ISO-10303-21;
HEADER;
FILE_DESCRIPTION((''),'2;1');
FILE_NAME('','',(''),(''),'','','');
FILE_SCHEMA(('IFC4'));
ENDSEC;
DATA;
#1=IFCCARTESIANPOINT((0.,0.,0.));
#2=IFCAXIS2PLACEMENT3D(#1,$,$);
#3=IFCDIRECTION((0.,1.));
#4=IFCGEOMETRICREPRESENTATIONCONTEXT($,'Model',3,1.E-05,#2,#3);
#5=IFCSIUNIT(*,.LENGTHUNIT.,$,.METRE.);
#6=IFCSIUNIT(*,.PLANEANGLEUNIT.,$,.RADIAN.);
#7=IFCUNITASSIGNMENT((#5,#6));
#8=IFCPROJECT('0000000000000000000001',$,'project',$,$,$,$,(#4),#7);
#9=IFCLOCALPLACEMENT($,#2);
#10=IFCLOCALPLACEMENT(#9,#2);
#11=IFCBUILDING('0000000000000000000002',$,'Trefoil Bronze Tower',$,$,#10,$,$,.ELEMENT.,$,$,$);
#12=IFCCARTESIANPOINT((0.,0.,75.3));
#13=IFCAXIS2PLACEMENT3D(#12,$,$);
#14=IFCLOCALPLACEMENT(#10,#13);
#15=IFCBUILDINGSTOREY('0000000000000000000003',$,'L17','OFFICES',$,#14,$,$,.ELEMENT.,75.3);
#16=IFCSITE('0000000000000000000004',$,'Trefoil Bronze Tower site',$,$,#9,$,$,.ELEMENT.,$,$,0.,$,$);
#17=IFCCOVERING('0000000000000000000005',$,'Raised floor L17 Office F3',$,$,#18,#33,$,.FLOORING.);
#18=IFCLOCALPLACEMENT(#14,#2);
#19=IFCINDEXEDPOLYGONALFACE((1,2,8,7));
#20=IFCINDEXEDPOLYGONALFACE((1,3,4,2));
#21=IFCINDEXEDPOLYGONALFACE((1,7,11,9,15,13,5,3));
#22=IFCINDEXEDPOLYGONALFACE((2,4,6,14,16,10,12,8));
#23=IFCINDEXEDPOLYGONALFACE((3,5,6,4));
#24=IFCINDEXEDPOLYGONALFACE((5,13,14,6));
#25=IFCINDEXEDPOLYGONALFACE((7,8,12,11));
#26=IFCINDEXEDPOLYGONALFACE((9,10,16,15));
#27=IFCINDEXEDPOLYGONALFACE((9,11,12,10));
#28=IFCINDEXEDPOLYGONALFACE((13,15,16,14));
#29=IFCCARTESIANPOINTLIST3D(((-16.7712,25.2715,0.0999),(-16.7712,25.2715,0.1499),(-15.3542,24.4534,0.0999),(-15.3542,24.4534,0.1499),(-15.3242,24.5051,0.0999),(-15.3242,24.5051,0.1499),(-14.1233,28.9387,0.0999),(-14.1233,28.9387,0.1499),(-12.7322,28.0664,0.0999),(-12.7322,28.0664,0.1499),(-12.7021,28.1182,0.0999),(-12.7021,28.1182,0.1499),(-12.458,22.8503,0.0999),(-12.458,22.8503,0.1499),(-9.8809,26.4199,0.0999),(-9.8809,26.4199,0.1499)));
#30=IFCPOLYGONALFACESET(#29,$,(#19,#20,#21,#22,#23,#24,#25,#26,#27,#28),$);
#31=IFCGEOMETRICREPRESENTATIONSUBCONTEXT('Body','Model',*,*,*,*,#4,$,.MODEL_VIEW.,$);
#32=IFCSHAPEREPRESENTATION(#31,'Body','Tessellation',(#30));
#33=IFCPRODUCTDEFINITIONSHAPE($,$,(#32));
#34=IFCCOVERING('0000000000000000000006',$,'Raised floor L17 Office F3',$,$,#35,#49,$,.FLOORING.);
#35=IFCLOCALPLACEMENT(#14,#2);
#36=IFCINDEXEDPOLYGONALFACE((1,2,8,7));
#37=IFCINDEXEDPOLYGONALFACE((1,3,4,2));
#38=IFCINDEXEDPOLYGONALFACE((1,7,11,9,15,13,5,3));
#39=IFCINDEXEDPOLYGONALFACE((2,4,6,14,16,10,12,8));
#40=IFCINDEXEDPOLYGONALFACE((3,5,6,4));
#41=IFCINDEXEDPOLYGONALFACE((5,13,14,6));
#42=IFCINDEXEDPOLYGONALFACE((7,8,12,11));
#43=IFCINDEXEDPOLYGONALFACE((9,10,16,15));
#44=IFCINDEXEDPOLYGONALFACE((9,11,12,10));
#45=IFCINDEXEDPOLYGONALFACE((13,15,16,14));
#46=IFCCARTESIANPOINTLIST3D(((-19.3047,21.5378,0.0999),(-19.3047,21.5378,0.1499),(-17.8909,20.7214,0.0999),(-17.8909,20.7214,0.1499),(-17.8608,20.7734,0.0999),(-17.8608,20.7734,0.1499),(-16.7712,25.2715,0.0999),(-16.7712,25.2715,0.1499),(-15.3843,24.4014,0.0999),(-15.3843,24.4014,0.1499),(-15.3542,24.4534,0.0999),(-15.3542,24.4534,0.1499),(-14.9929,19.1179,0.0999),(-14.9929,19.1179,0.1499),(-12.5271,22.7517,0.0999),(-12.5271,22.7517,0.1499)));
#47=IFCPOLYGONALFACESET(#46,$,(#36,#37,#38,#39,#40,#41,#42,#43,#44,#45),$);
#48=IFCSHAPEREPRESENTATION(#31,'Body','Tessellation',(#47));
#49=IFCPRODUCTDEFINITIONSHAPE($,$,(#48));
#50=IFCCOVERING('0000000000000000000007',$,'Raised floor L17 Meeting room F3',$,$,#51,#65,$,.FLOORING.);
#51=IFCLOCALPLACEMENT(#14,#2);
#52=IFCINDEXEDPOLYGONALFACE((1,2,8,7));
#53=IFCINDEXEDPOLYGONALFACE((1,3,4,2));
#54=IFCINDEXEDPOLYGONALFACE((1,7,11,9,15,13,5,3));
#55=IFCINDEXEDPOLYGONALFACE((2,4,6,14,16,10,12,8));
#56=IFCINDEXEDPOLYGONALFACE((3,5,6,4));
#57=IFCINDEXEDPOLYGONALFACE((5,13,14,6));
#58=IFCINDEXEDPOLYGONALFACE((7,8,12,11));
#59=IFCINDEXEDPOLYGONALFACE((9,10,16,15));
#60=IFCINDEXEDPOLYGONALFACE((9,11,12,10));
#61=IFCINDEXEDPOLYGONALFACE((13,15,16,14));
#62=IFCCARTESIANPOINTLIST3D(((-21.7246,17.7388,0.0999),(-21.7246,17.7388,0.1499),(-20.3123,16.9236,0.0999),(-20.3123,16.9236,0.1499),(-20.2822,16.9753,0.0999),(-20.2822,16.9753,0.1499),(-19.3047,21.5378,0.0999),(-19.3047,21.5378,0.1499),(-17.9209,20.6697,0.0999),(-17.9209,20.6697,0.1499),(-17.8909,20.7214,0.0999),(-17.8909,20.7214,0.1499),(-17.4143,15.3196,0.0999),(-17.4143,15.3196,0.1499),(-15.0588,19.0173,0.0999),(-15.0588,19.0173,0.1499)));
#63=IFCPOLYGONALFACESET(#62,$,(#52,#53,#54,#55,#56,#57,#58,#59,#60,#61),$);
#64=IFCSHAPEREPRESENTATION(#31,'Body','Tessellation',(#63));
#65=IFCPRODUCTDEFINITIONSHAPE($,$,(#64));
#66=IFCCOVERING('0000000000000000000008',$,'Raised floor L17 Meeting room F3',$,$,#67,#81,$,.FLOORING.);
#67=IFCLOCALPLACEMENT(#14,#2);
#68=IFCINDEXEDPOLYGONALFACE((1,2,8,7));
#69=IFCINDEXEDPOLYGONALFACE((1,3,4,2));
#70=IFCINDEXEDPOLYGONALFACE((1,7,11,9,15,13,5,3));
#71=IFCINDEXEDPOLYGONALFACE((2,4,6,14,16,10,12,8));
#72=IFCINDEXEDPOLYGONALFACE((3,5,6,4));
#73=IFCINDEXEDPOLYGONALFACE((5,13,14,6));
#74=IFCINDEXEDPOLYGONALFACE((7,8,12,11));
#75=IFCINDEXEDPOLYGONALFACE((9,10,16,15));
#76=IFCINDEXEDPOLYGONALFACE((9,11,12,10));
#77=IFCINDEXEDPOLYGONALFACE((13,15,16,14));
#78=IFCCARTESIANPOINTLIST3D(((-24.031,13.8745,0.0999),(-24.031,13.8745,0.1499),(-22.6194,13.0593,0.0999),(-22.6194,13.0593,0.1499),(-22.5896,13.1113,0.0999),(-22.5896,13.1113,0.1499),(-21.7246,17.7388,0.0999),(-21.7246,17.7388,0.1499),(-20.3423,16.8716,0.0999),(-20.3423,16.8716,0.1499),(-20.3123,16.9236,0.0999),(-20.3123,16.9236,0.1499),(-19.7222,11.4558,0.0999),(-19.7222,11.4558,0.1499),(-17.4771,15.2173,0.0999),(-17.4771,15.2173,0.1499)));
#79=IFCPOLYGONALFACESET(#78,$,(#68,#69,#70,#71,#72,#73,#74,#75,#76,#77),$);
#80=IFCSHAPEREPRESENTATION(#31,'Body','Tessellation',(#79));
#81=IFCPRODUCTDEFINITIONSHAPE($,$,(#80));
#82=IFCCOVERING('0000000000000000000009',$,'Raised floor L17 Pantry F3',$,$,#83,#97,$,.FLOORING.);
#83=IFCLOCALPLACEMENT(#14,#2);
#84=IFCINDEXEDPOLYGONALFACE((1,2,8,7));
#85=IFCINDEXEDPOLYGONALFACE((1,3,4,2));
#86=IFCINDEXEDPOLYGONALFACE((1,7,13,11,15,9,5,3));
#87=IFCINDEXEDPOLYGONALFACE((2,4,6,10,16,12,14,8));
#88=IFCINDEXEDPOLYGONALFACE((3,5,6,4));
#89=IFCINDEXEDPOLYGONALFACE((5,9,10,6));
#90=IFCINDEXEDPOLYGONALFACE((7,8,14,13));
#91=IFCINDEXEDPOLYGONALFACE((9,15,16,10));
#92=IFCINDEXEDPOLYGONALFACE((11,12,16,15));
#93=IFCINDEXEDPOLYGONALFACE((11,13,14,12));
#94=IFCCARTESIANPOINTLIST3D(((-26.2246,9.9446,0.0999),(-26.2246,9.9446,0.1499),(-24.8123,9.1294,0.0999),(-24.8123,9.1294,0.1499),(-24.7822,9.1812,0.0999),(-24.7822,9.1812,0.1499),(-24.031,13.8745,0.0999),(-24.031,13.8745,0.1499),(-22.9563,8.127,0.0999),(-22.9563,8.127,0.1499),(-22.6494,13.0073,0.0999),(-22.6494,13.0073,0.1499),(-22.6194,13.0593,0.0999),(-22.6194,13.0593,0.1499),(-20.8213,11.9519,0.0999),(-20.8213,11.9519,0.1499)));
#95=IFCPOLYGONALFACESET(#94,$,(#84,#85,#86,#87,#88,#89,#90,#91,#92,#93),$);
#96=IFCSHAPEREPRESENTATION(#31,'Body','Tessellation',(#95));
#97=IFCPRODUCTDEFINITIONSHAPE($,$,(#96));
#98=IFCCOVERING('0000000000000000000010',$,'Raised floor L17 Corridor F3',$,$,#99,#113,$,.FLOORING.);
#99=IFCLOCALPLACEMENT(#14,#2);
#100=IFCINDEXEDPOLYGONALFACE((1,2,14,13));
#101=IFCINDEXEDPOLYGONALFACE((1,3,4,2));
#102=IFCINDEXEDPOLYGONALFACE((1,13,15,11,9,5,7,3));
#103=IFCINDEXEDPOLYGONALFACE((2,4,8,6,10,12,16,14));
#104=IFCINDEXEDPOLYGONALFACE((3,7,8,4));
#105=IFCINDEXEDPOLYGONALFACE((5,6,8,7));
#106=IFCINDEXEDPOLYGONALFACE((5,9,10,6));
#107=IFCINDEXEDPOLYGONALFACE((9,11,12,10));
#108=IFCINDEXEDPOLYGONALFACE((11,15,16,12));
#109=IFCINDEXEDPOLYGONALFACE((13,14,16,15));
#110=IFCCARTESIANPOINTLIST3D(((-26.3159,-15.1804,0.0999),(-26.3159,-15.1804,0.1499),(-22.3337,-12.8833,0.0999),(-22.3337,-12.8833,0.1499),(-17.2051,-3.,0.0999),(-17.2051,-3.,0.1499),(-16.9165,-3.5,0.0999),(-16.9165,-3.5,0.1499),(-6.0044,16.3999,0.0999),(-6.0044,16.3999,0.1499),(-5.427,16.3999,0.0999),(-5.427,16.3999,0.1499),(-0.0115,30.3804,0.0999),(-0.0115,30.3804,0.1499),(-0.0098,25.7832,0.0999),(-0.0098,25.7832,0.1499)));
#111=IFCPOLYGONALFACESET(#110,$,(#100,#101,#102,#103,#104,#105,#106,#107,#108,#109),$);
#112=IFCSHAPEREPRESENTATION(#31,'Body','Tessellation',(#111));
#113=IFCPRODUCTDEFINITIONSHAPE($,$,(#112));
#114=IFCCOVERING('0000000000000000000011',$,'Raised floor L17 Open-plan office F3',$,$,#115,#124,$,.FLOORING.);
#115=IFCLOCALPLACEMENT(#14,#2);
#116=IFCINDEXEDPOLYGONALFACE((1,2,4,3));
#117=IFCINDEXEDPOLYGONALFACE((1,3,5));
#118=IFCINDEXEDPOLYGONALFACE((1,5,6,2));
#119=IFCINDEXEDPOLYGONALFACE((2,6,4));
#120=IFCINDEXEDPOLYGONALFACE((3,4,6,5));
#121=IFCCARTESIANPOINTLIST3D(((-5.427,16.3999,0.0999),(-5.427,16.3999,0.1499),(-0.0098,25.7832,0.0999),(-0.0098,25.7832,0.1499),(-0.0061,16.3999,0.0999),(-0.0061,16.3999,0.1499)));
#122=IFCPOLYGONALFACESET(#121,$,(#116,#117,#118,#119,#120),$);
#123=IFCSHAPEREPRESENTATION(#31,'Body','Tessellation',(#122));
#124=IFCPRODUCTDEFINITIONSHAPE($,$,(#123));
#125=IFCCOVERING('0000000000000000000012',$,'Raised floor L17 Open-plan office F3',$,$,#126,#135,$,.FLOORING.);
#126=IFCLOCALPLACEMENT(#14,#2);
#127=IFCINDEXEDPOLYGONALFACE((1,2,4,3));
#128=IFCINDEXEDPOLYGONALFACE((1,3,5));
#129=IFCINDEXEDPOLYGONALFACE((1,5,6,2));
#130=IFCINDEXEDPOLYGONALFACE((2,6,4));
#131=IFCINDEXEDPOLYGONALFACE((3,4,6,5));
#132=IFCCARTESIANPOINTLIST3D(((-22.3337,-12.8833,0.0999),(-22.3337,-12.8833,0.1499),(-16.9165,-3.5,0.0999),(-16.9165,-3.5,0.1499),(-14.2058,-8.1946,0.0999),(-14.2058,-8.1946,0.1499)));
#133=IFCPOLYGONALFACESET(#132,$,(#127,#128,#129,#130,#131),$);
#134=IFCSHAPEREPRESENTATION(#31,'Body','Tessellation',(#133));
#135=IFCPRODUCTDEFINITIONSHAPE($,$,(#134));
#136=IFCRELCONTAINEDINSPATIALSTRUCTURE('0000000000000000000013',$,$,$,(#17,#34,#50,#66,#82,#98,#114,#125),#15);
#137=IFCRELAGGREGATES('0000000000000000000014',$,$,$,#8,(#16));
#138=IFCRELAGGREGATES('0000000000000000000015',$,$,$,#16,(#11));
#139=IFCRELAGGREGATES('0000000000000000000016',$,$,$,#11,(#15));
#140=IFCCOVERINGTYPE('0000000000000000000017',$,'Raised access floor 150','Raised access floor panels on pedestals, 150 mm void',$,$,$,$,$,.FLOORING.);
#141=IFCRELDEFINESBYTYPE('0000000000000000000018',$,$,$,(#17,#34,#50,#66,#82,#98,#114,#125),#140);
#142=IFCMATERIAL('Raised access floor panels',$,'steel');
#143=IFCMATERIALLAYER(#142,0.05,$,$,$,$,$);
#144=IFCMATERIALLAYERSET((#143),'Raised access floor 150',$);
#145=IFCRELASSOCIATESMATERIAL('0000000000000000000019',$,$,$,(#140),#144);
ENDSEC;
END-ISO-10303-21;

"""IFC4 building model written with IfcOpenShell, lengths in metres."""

from ifc_helpers import new_model, si_unit, direction, frame, origin, place, context, subcontext, project, spatial, polyline, outline, extrude, material, layer, layer_set, type_object, element, save


model = new_model("IFC4")

# Units and contexts
model_context = context("Model", 3, precision=1e-05, world=origin(), true_north=direction((0.0, 1.0)))
body_context = subcontext(model_context, "Body", "Model", "MODEL_VIEW")
ifc_project = project(units=[si_unit("LENGTHUNIT", "METRE"), si_unit("PLANEANGLEUNIT", "RADIAN")], contexts=[model_context])

# Site, building, storey
site_placement = place(None, origin())
site = spatial("IfcSite", under=ifc_project, at=site_placement, Name="Trefoil Bronze Tower site", CompositionType="ELEMENT", RefElevation=0.0)
building_placement = place(site_placement, origin())
building = spatial("IfcBuilding", under=site, at=building_placement, Name="Trefoil Bronze Tower", CompositionType="ELEMENT")
storey_placement = place(building_placement, frame((0.0, 0.0, 75.3)))
storey = spatial("IfcBuildingStorey", under=building, at=storey_placement, Name="L17", Description="OFFICES", CompositionType="ELEMENT", Elevation=75.3)

# Coverings
ifc_material_1 = material(Name="Raised access floor panels", Category="steel")
ifc_layer_1 = layer(ifc_material_1, 0.05)
ifc_layer_set_1 = layer_set([ifc_layer_1], Name="Raised access floor 150")
covering_type_1 = type_object("IfcCoveringType", Name="Raised access floor 150", Description="Raised access floor panels on pedestals, 150 mm void", PredefinedType="FLOORING", material=ifc_layer_set_1)
covering_1_placement = place(storey_placement, frame((0.0, 0.0, 0.0999)))
element("IfcCovering", 1, at=covering_1_placement, inside=storey, type_object=covering_type_1, Name="Raised floor L17 Office F3", PredefinedType="FLOORING", context=body_context, shape_type="SweptSolid", body=[
    extrude(outline(polyline([(-14.1233, 28.9387), (-12.7021, 28.1182), (-12.7322, 28.0664), (-9.8809, 26.4199), (-12.458, 22.8503), (-15.3242, 24.5051), (-15.3542, 24.4534), (-16.7712, 25.2715), (-14.1233, 28.9387)])), origin(), (0.0, 0.0, 1.0), 0.05),
])
covering_2_placement = place(storey_placement, frame((0.0, 0.0, 0.0999)))
element("IfcCovering", 2, at=covering_2_placement, inside=storey, type_object=covering_type_1, Name="Raised floor L17 Office F3", PredefinedType="FLOORING", context=body_context, shape_type="SweptSolid", body=[
    extrude(outline(polyline([(-19.3047, 21.5378), (-16.7712, 25.2715), (-15.3542, 24.4534), (-15.3843, 24.4014), (-12.5271, 22.7517), (-14.9929, 19.1179), (-17.8608, 20.7734), (-17.8909, 20.7214), (-19.3047, 21.5378)])), origin(), (0.0, 0.0, 1.0), 0.05),
])
covering_3_placement = place(storey_placement, frame((0.0, 0.0, 0.0999)))
element("IfcCovering", 3, at=covering_3_placement, inside=storey, type_object=covering_type_1, Name="Raised floor L17 Meeting room F3", PredefinedType="FLOORING", context=body_context, shape_type="SweptSolid", body=[
    extrude(outline(polyline([(-19.3047, 21.5378), (-17.8909, 20.7214), (-17.9209, 20.6697), (-15.0588, 19.0173), (-17.4143, 15.3196), (-20.2822, 16.9753), (-20.3123, 16.9236), (-21.7246, 17.7388), (-19.3047, 21.5378)])), origin(), (0.0, 0.0, 1.0), 0.05),
])
covering_4_placement = place(storey_placement, frame((0.0, 0.0, 0.0999)))
element("IfcCovering", 4, at=covering_4_placement, inside=storey, type_object=covering_type_1, Name="Raised floor L17 Meeting room F3", PredefinedType="FLOORING", context=body_context, shape_type="SweptSolid", body=[
    extrude(outline(polyline([(-24.031, 13.8745), (-21.7246, 17.7388), (-20.3123, 16.9236), (-20.3423, 16.8716), (-17.4771, 15.2173), (-19.7222, 11.4558), (-22.5896, 13.1113), (-22.6194, 13.0593), (-24.031, 13.8745)])), origin(), (0.0, 0.0, 1.0), 0.05),
])
covering_5_placement = place(storey_placement, frame((0.0, 0.0, 0.0999)))
element("IfcCovering", 5, at=covering_5_placement, inside=storey, type_object=covering_type_1, Name="Raised floor L17 Pantry F3", PredefinedType="FLOORING", context=body_context, shape_type="SweptSolid", body=[
    extrude(outline(polyline([(-26.2246, 9.9446), (-24.031, 13.8745), (-22.6194, 13.0593), (-22.6494, 13.0073), (-20.8213, 11.9519), (-22.9563, 8.127), (-24.7822, 9.1812), (-24.8123, 9.1294), (-26.2246, 9.9446)])), origin(), (0.0, 0.0, 1.0), 0.05),
])
covering_6_placement = place(storey_placement, frame((0.0, 0.0, 0.0999)))
element("IfcCovering", 6, at=covering_6_placement, inside=storey, type_object=covering_type_1, Name="Raised floor L17 Corridor F3", PredefinedType="FLOORING", context=body_context, shape_type="SweptSolid", body=[
    extrude(outline(polyline([(-0.0115, 30.3804), (-0.0098, 25.7832), (-5.427, 16.3999), (-6.0044, 16.3999), (-17.2051, -3.0), (-16.9165, -3.5), (-22.3337, -12.8833), (-26.3159, -15.1804), (-0.0115, 30.3804)])), origin(), (0.0, 0.0, 1.0), 0.05),
])
covering_7_placement = place(storey_placement, frame((0.0, 0.0, 0.0999)))
element("IfcCovering", 7, at=covering_7_placement, inside=storey, type_object=covering_type_1, Name="Raised floor L17 Open-plan office F3", PredefinedType="FLOORING", context=body_context, shape_type="SweptSolid", body=[
    extrude(outline(polyline([(-0.0061, 16.3999), (-5.427, 16.3999), (-0.0098, 25.7832), (-0.0061, 16.3999)])), origin(), (0.0, 0.0, 1.0), 0.05),
])
covering_8_placement = place(storey_placement, frame((0.0, 0.0, 0.0999)))
element("IfcCovering", 8, at=covering_8_placement, inside=storey, type_object=covering_type_1, Name="Raised floor L17 Open-plan office F3", PredefinedType="FLOORING", context=body_context, shape_type="SweptSolid", body=[
    extrude(outline(polyline([(-14.2058, -8.1946), (-22.3337, -12.8833), (-16.9165, -3.5), (-14.2058, -8.1946)])), origin(), (0.0, 0.0, 1.0), 0.05),
])

save(model, "model.ifc")
